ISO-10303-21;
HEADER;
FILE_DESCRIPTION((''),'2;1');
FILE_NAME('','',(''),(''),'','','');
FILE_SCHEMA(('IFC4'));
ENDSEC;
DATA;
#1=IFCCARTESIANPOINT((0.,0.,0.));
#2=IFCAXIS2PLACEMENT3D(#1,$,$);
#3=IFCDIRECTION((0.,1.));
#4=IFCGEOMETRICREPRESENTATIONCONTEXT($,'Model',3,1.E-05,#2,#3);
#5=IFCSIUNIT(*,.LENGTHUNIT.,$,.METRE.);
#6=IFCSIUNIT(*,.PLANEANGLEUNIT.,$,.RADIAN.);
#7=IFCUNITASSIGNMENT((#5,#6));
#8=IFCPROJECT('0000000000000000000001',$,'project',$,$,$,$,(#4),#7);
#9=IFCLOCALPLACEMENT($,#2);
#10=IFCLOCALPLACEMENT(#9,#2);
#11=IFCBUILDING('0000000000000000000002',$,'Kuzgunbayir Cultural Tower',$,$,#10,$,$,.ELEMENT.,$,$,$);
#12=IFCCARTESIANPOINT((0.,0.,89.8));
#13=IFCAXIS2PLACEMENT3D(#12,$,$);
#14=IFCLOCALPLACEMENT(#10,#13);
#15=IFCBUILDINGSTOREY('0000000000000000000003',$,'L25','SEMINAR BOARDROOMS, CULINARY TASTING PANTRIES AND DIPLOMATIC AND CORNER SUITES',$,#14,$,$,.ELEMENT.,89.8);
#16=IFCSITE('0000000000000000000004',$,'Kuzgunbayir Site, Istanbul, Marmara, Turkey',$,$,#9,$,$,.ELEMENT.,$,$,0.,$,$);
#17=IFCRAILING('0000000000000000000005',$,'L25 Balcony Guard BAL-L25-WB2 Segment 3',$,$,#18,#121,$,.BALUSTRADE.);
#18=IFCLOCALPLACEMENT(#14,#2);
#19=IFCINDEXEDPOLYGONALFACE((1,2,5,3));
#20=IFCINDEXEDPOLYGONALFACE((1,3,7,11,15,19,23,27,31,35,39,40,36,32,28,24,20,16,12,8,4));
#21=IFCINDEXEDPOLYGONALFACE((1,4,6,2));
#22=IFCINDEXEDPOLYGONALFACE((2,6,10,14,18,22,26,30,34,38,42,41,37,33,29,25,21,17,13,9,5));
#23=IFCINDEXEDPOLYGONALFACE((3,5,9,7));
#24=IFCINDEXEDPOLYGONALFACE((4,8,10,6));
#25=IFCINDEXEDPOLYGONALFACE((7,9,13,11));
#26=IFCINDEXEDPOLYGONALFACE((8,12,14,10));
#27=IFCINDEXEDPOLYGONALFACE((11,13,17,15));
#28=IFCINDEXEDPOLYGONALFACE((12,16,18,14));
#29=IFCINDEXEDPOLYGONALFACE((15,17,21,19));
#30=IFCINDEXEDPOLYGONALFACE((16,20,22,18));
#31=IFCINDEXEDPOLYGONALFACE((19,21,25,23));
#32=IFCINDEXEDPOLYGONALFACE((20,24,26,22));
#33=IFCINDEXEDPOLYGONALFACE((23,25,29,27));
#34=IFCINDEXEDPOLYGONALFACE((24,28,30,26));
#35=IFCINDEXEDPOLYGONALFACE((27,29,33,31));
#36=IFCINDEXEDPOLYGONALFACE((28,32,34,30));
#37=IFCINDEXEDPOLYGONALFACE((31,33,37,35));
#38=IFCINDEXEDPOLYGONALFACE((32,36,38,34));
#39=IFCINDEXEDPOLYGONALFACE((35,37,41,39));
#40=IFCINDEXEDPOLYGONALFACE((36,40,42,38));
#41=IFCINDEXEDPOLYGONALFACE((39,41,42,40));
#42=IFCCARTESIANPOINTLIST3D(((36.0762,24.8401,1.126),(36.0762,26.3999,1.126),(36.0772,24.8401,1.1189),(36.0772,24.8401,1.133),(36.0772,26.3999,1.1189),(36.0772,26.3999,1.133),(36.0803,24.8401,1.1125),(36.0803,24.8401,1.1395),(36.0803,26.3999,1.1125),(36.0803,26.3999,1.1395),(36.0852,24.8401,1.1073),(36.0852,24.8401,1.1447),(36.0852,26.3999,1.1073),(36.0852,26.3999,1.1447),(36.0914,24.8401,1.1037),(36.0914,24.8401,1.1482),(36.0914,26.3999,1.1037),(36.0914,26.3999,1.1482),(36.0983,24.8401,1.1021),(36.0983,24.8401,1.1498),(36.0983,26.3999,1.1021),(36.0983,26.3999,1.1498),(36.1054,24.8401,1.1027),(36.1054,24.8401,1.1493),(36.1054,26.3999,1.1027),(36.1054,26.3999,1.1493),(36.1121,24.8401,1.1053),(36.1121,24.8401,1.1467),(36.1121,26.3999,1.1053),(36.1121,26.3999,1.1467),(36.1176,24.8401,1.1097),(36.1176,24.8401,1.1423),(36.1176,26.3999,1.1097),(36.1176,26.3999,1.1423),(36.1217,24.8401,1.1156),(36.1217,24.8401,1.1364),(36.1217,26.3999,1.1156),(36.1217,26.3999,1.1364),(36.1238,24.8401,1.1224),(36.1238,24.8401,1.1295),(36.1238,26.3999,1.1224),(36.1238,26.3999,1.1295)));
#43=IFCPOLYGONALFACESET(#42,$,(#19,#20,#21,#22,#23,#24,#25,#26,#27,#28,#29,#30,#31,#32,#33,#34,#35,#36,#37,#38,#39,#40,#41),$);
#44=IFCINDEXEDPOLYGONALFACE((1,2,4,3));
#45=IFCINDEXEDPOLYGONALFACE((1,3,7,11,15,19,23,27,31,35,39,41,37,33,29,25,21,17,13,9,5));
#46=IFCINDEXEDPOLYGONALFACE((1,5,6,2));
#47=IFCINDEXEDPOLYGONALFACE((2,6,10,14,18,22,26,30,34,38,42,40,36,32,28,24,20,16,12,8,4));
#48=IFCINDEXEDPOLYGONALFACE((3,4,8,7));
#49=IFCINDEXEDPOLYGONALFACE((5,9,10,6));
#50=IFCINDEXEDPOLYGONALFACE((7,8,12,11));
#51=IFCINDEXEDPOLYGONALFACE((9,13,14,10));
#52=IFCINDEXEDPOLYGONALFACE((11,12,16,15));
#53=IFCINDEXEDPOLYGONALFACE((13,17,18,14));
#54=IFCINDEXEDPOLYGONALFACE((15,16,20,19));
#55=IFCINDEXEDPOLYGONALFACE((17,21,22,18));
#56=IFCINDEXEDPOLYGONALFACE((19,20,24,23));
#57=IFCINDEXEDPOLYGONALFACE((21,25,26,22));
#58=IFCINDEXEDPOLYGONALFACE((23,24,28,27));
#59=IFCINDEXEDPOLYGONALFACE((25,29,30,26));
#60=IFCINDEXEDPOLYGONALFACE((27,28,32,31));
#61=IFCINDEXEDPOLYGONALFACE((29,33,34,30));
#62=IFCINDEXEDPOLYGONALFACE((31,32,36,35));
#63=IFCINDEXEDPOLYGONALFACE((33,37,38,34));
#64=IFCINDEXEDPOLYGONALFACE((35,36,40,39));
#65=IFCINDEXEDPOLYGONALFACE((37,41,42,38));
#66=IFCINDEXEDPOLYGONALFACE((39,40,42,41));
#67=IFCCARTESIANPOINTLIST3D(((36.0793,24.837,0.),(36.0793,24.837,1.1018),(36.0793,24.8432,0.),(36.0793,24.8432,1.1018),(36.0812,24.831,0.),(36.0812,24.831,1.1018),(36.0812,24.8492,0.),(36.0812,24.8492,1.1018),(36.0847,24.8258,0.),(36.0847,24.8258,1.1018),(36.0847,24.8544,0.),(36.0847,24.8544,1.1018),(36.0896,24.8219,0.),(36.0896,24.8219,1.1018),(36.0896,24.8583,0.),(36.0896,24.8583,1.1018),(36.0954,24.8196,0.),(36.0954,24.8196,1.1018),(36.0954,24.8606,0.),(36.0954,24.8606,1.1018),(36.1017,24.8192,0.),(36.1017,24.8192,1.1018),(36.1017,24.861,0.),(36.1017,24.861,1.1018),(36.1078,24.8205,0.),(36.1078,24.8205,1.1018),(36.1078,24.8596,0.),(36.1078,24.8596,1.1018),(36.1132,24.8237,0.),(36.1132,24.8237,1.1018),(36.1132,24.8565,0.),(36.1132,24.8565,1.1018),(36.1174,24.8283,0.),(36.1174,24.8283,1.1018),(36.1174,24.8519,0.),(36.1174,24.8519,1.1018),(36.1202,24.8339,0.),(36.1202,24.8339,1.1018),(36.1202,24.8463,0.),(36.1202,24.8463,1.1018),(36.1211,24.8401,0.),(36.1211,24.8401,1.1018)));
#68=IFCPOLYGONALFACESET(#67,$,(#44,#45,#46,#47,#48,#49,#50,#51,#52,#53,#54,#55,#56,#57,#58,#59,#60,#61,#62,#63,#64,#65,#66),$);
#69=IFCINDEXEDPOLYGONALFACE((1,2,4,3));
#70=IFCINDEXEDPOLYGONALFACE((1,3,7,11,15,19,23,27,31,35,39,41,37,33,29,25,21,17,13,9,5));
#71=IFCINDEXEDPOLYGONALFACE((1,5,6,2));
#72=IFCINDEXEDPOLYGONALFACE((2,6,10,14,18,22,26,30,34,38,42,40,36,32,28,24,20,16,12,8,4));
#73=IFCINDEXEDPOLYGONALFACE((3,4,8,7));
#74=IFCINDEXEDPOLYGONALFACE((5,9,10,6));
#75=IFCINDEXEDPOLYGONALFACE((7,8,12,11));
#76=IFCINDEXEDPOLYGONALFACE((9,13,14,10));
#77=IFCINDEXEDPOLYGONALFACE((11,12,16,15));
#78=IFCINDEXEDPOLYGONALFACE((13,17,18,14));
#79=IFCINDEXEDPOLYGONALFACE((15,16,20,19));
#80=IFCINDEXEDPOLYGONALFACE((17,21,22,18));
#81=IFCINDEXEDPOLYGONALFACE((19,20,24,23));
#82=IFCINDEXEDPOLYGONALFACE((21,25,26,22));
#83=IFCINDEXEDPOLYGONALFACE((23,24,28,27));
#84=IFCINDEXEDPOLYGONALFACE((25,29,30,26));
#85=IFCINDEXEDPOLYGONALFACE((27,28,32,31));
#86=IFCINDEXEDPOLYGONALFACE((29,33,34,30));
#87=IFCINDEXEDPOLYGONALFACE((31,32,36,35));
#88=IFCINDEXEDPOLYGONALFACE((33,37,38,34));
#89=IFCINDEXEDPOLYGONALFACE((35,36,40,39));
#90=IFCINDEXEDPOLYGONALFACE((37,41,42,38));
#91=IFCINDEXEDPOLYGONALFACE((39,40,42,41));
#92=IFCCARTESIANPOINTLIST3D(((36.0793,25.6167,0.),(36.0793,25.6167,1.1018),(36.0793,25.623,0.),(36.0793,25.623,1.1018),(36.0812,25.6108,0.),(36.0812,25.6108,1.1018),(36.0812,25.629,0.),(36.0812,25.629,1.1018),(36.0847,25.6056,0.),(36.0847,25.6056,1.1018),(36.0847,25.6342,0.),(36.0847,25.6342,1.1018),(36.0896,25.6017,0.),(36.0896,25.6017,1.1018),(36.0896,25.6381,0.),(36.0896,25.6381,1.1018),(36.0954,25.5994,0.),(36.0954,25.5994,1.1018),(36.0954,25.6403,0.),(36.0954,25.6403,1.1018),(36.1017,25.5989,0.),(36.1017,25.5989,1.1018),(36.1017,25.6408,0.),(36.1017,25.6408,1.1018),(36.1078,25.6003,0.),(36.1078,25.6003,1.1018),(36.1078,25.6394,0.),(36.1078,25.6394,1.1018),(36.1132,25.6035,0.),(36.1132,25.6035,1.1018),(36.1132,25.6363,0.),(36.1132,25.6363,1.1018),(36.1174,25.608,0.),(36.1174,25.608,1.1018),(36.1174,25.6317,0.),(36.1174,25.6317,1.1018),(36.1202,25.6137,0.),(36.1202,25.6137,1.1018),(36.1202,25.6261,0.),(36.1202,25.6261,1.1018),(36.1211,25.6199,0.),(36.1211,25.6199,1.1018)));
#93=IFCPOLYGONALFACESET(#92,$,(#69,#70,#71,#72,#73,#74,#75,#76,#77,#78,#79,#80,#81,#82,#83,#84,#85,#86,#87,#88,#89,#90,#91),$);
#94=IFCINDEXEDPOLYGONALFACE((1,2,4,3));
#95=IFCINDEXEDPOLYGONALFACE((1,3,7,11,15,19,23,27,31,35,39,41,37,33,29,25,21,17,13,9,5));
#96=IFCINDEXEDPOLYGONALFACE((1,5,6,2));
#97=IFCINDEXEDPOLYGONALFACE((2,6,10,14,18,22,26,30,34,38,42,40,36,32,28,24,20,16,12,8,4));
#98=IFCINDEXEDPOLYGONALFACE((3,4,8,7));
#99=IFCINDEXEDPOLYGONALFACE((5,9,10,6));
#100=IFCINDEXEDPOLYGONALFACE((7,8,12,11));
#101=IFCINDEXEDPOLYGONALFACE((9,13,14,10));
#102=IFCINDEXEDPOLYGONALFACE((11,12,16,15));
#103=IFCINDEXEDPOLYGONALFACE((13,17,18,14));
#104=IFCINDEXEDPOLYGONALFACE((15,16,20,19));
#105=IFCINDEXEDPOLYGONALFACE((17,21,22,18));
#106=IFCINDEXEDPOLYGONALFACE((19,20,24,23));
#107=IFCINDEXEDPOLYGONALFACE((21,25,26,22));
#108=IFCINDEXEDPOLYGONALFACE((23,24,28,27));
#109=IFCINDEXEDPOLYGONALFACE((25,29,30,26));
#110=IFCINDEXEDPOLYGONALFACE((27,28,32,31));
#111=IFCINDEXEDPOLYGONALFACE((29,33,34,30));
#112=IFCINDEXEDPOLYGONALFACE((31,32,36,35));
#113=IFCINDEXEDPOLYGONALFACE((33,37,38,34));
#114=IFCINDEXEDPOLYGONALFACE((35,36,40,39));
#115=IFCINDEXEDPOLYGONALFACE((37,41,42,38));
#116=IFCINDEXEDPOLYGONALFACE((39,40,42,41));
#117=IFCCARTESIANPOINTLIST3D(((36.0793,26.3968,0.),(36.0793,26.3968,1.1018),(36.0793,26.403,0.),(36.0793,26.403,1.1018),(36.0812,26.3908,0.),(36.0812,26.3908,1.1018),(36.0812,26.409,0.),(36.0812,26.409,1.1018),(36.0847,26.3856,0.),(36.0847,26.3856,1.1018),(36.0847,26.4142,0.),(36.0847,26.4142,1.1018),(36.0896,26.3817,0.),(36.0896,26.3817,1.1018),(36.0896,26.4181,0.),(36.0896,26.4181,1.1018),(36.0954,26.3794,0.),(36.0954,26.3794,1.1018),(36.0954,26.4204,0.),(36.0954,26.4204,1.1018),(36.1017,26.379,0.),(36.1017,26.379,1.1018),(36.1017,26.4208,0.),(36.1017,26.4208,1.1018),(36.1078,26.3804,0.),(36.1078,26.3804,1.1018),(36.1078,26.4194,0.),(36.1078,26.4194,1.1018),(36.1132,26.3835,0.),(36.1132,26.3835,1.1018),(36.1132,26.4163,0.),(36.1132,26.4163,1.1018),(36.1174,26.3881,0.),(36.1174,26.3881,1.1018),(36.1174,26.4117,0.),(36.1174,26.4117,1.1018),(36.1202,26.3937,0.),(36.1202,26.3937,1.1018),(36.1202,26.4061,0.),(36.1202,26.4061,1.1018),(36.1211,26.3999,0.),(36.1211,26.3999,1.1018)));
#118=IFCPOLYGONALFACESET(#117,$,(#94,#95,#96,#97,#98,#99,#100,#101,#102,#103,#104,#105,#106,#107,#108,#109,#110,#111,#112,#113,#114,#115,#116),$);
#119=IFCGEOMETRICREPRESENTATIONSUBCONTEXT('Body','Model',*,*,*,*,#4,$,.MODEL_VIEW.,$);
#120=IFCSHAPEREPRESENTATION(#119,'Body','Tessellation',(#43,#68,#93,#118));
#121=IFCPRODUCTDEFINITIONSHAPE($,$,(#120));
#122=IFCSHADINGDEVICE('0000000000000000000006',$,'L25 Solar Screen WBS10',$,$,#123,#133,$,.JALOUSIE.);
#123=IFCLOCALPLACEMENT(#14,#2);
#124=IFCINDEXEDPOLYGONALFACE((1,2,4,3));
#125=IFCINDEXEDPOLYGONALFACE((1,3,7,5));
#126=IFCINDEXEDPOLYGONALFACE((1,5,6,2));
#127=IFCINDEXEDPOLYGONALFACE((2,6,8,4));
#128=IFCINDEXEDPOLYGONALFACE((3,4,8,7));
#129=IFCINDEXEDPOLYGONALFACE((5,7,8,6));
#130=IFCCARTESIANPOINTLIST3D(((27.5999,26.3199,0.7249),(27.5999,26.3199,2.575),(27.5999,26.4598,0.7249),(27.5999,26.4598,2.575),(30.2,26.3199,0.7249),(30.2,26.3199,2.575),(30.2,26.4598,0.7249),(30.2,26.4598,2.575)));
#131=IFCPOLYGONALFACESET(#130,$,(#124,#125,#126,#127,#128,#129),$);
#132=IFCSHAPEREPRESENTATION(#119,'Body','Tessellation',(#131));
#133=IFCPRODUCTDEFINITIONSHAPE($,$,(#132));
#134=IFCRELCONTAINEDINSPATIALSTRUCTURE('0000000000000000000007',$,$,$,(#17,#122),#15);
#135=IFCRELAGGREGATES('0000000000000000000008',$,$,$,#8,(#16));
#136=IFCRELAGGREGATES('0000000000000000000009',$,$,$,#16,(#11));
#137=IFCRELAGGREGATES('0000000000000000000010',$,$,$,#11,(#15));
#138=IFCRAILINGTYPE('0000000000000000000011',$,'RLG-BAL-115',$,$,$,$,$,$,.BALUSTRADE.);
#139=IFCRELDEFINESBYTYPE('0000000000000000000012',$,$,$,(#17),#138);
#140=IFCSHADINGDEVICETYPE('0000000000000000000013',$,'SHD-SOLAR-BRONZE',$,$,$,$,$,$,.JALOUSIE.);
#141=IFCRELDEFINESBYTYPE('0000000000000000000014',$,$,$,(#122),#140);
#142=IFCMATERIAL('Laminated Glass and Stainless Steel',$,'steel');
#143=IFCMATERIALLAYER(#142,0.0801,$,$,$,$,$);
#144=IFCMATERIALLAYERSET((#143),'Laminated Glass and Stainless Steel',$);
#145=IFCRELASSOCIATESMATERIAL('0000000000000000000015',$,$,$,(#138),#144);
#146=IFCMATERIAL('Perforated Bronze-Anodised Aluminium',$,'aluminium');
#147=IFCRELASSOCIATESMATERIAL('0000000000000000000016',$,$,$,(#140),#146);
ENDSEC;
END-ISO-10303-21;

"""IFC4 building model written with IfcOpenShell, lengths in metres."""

from ifc_helpers import new_model, si_unit, direction, frame, origin, origin_2d, place, context, subcontext, project, spatial, rectangle, circle, extrude, material, layer, layer_set, type_object, element, save


model = new_model("IFC4")

# Units and contexts
model_context = context("Model", 3, precision=1e-05, world=origin(), true_north=direction((0.0, 1.0)))
body_context = subcontext(model_context, "Body", "Model", "MODEL_VIEW")
ifc_project = project(units=[si_unit("LENGTHUNIT", "METRE"), si_unit("PLANEANGLEUNIT", "RADIAN")], contexts=[model_context])

# Site, building, storey
site_placement = place(None, origin())
site = spatial("IfcSite", under=ifc_project, at=site_placement, Name="Kuzgunbayir Site, Istanbul, Marmara, Turkey", CompositionType="ELEMENT", RefElevation=0.0)
building_placement = place(site_placement, origin())
building = spatial("IfcBuilding", under=site, at=building_placement, Name="Kuzgunbayir Cultural Tower", CompositionType="ELEMENT")
storey_placement = place(building_placement, frame((0.0, 0.0, 89.8)))
storey = spatial("IfcBuildingStorey", under=building, at=storey_placement, Name="L25", Description="SEMINAR BOARDROOMS, CULINARY TASTING PANTRIES AND DIPLOMATIC AND CORNER SUITES", CompositionType="ELEMENT", Elevation=89.8)

# Railing
ifc_material_1 = material(Name="Laminated Glass and Stainless Steel", Category="steel")
ifc_layer_1 = layer(ifc_material_1, 0.0801)
ifc_layer_set_1 = layer_set([ifc_layer_1], Name="Laminated Glass and Stainless Steel")
railing_type = type_object("IfcRailingType", Name="RLG-BAL-115", PredefinedType="BALUSTRADE", material=ifc_layer_set_1)
railing_1_placement = place(storey_placement, frame((36.1001, 24.8401, 0.0)))
element("IfcRailing", 1, at=railing_1_placement, inside=storey, type_object=railing_type, Name="L25 Balcony Guard BAL-L25-WB2 Segment 3", PredefinedType="BALUSTRADE", context=body_context, shape_type="SweptSolid", body=[
    extrude(circle(Radius=0.0239, at=origin_2d()), frame((0.0, 0.0, 1.126), z_axis=(0.0, 1.0, 0.0), x_axis=(-1.0, 0.0, 0.0)), (0.0, 0.0, 1.0), 1.5598),
    extrude(circle(Radius=0.021, at=origin_2d()), origin(), (0.0, 0.0, 1.0), 1.1018),
    extrude(circle(Radius=0.021, at=origin_2d()), frame((0.0, 0.7798, 0.0)), (0.0, 0.0, 1.0), 1.1018),
    extrude(circle(Radius=0.021, at=origin_2d()), frame((0.0, 1.5598, 0.0)), (0.0, 0.0, 1.0), 1.1018),
])

# Shading device
ifc_material_2 = material(Name="Perforated Bronze-Anodised Aluminium", Category="aluminium")
shading_device_type = type_object("IfcShadingDeviceType", Name="SHD-SOLAR-BRONZE", PredefinedType="JALOUSIE", material=ifc_material_2)
shading_device_placement = place(storey_placement, frame((28.8999, 26.3899, 0.7249), z_axis=(0.0, 0.0, 1.0), x_axis=(1.0, 0.0, 0.0)))
element("IfcShadingDevice", 2, at=shading_device_placement, inside=storey, type_object=shading_device_type, Name="L25 Solar Screen WBS10", PredefinedType="JALOUSIE", context=body_context, shape_type="SweptSolid", body=[
    extrude(rectangle(XDim=2.6001, YDim=0.1399, at=origin_2d()), origin(), (0.0, 0.0, 1.0), 1.8501),
])

save(model, "model.ifc")
